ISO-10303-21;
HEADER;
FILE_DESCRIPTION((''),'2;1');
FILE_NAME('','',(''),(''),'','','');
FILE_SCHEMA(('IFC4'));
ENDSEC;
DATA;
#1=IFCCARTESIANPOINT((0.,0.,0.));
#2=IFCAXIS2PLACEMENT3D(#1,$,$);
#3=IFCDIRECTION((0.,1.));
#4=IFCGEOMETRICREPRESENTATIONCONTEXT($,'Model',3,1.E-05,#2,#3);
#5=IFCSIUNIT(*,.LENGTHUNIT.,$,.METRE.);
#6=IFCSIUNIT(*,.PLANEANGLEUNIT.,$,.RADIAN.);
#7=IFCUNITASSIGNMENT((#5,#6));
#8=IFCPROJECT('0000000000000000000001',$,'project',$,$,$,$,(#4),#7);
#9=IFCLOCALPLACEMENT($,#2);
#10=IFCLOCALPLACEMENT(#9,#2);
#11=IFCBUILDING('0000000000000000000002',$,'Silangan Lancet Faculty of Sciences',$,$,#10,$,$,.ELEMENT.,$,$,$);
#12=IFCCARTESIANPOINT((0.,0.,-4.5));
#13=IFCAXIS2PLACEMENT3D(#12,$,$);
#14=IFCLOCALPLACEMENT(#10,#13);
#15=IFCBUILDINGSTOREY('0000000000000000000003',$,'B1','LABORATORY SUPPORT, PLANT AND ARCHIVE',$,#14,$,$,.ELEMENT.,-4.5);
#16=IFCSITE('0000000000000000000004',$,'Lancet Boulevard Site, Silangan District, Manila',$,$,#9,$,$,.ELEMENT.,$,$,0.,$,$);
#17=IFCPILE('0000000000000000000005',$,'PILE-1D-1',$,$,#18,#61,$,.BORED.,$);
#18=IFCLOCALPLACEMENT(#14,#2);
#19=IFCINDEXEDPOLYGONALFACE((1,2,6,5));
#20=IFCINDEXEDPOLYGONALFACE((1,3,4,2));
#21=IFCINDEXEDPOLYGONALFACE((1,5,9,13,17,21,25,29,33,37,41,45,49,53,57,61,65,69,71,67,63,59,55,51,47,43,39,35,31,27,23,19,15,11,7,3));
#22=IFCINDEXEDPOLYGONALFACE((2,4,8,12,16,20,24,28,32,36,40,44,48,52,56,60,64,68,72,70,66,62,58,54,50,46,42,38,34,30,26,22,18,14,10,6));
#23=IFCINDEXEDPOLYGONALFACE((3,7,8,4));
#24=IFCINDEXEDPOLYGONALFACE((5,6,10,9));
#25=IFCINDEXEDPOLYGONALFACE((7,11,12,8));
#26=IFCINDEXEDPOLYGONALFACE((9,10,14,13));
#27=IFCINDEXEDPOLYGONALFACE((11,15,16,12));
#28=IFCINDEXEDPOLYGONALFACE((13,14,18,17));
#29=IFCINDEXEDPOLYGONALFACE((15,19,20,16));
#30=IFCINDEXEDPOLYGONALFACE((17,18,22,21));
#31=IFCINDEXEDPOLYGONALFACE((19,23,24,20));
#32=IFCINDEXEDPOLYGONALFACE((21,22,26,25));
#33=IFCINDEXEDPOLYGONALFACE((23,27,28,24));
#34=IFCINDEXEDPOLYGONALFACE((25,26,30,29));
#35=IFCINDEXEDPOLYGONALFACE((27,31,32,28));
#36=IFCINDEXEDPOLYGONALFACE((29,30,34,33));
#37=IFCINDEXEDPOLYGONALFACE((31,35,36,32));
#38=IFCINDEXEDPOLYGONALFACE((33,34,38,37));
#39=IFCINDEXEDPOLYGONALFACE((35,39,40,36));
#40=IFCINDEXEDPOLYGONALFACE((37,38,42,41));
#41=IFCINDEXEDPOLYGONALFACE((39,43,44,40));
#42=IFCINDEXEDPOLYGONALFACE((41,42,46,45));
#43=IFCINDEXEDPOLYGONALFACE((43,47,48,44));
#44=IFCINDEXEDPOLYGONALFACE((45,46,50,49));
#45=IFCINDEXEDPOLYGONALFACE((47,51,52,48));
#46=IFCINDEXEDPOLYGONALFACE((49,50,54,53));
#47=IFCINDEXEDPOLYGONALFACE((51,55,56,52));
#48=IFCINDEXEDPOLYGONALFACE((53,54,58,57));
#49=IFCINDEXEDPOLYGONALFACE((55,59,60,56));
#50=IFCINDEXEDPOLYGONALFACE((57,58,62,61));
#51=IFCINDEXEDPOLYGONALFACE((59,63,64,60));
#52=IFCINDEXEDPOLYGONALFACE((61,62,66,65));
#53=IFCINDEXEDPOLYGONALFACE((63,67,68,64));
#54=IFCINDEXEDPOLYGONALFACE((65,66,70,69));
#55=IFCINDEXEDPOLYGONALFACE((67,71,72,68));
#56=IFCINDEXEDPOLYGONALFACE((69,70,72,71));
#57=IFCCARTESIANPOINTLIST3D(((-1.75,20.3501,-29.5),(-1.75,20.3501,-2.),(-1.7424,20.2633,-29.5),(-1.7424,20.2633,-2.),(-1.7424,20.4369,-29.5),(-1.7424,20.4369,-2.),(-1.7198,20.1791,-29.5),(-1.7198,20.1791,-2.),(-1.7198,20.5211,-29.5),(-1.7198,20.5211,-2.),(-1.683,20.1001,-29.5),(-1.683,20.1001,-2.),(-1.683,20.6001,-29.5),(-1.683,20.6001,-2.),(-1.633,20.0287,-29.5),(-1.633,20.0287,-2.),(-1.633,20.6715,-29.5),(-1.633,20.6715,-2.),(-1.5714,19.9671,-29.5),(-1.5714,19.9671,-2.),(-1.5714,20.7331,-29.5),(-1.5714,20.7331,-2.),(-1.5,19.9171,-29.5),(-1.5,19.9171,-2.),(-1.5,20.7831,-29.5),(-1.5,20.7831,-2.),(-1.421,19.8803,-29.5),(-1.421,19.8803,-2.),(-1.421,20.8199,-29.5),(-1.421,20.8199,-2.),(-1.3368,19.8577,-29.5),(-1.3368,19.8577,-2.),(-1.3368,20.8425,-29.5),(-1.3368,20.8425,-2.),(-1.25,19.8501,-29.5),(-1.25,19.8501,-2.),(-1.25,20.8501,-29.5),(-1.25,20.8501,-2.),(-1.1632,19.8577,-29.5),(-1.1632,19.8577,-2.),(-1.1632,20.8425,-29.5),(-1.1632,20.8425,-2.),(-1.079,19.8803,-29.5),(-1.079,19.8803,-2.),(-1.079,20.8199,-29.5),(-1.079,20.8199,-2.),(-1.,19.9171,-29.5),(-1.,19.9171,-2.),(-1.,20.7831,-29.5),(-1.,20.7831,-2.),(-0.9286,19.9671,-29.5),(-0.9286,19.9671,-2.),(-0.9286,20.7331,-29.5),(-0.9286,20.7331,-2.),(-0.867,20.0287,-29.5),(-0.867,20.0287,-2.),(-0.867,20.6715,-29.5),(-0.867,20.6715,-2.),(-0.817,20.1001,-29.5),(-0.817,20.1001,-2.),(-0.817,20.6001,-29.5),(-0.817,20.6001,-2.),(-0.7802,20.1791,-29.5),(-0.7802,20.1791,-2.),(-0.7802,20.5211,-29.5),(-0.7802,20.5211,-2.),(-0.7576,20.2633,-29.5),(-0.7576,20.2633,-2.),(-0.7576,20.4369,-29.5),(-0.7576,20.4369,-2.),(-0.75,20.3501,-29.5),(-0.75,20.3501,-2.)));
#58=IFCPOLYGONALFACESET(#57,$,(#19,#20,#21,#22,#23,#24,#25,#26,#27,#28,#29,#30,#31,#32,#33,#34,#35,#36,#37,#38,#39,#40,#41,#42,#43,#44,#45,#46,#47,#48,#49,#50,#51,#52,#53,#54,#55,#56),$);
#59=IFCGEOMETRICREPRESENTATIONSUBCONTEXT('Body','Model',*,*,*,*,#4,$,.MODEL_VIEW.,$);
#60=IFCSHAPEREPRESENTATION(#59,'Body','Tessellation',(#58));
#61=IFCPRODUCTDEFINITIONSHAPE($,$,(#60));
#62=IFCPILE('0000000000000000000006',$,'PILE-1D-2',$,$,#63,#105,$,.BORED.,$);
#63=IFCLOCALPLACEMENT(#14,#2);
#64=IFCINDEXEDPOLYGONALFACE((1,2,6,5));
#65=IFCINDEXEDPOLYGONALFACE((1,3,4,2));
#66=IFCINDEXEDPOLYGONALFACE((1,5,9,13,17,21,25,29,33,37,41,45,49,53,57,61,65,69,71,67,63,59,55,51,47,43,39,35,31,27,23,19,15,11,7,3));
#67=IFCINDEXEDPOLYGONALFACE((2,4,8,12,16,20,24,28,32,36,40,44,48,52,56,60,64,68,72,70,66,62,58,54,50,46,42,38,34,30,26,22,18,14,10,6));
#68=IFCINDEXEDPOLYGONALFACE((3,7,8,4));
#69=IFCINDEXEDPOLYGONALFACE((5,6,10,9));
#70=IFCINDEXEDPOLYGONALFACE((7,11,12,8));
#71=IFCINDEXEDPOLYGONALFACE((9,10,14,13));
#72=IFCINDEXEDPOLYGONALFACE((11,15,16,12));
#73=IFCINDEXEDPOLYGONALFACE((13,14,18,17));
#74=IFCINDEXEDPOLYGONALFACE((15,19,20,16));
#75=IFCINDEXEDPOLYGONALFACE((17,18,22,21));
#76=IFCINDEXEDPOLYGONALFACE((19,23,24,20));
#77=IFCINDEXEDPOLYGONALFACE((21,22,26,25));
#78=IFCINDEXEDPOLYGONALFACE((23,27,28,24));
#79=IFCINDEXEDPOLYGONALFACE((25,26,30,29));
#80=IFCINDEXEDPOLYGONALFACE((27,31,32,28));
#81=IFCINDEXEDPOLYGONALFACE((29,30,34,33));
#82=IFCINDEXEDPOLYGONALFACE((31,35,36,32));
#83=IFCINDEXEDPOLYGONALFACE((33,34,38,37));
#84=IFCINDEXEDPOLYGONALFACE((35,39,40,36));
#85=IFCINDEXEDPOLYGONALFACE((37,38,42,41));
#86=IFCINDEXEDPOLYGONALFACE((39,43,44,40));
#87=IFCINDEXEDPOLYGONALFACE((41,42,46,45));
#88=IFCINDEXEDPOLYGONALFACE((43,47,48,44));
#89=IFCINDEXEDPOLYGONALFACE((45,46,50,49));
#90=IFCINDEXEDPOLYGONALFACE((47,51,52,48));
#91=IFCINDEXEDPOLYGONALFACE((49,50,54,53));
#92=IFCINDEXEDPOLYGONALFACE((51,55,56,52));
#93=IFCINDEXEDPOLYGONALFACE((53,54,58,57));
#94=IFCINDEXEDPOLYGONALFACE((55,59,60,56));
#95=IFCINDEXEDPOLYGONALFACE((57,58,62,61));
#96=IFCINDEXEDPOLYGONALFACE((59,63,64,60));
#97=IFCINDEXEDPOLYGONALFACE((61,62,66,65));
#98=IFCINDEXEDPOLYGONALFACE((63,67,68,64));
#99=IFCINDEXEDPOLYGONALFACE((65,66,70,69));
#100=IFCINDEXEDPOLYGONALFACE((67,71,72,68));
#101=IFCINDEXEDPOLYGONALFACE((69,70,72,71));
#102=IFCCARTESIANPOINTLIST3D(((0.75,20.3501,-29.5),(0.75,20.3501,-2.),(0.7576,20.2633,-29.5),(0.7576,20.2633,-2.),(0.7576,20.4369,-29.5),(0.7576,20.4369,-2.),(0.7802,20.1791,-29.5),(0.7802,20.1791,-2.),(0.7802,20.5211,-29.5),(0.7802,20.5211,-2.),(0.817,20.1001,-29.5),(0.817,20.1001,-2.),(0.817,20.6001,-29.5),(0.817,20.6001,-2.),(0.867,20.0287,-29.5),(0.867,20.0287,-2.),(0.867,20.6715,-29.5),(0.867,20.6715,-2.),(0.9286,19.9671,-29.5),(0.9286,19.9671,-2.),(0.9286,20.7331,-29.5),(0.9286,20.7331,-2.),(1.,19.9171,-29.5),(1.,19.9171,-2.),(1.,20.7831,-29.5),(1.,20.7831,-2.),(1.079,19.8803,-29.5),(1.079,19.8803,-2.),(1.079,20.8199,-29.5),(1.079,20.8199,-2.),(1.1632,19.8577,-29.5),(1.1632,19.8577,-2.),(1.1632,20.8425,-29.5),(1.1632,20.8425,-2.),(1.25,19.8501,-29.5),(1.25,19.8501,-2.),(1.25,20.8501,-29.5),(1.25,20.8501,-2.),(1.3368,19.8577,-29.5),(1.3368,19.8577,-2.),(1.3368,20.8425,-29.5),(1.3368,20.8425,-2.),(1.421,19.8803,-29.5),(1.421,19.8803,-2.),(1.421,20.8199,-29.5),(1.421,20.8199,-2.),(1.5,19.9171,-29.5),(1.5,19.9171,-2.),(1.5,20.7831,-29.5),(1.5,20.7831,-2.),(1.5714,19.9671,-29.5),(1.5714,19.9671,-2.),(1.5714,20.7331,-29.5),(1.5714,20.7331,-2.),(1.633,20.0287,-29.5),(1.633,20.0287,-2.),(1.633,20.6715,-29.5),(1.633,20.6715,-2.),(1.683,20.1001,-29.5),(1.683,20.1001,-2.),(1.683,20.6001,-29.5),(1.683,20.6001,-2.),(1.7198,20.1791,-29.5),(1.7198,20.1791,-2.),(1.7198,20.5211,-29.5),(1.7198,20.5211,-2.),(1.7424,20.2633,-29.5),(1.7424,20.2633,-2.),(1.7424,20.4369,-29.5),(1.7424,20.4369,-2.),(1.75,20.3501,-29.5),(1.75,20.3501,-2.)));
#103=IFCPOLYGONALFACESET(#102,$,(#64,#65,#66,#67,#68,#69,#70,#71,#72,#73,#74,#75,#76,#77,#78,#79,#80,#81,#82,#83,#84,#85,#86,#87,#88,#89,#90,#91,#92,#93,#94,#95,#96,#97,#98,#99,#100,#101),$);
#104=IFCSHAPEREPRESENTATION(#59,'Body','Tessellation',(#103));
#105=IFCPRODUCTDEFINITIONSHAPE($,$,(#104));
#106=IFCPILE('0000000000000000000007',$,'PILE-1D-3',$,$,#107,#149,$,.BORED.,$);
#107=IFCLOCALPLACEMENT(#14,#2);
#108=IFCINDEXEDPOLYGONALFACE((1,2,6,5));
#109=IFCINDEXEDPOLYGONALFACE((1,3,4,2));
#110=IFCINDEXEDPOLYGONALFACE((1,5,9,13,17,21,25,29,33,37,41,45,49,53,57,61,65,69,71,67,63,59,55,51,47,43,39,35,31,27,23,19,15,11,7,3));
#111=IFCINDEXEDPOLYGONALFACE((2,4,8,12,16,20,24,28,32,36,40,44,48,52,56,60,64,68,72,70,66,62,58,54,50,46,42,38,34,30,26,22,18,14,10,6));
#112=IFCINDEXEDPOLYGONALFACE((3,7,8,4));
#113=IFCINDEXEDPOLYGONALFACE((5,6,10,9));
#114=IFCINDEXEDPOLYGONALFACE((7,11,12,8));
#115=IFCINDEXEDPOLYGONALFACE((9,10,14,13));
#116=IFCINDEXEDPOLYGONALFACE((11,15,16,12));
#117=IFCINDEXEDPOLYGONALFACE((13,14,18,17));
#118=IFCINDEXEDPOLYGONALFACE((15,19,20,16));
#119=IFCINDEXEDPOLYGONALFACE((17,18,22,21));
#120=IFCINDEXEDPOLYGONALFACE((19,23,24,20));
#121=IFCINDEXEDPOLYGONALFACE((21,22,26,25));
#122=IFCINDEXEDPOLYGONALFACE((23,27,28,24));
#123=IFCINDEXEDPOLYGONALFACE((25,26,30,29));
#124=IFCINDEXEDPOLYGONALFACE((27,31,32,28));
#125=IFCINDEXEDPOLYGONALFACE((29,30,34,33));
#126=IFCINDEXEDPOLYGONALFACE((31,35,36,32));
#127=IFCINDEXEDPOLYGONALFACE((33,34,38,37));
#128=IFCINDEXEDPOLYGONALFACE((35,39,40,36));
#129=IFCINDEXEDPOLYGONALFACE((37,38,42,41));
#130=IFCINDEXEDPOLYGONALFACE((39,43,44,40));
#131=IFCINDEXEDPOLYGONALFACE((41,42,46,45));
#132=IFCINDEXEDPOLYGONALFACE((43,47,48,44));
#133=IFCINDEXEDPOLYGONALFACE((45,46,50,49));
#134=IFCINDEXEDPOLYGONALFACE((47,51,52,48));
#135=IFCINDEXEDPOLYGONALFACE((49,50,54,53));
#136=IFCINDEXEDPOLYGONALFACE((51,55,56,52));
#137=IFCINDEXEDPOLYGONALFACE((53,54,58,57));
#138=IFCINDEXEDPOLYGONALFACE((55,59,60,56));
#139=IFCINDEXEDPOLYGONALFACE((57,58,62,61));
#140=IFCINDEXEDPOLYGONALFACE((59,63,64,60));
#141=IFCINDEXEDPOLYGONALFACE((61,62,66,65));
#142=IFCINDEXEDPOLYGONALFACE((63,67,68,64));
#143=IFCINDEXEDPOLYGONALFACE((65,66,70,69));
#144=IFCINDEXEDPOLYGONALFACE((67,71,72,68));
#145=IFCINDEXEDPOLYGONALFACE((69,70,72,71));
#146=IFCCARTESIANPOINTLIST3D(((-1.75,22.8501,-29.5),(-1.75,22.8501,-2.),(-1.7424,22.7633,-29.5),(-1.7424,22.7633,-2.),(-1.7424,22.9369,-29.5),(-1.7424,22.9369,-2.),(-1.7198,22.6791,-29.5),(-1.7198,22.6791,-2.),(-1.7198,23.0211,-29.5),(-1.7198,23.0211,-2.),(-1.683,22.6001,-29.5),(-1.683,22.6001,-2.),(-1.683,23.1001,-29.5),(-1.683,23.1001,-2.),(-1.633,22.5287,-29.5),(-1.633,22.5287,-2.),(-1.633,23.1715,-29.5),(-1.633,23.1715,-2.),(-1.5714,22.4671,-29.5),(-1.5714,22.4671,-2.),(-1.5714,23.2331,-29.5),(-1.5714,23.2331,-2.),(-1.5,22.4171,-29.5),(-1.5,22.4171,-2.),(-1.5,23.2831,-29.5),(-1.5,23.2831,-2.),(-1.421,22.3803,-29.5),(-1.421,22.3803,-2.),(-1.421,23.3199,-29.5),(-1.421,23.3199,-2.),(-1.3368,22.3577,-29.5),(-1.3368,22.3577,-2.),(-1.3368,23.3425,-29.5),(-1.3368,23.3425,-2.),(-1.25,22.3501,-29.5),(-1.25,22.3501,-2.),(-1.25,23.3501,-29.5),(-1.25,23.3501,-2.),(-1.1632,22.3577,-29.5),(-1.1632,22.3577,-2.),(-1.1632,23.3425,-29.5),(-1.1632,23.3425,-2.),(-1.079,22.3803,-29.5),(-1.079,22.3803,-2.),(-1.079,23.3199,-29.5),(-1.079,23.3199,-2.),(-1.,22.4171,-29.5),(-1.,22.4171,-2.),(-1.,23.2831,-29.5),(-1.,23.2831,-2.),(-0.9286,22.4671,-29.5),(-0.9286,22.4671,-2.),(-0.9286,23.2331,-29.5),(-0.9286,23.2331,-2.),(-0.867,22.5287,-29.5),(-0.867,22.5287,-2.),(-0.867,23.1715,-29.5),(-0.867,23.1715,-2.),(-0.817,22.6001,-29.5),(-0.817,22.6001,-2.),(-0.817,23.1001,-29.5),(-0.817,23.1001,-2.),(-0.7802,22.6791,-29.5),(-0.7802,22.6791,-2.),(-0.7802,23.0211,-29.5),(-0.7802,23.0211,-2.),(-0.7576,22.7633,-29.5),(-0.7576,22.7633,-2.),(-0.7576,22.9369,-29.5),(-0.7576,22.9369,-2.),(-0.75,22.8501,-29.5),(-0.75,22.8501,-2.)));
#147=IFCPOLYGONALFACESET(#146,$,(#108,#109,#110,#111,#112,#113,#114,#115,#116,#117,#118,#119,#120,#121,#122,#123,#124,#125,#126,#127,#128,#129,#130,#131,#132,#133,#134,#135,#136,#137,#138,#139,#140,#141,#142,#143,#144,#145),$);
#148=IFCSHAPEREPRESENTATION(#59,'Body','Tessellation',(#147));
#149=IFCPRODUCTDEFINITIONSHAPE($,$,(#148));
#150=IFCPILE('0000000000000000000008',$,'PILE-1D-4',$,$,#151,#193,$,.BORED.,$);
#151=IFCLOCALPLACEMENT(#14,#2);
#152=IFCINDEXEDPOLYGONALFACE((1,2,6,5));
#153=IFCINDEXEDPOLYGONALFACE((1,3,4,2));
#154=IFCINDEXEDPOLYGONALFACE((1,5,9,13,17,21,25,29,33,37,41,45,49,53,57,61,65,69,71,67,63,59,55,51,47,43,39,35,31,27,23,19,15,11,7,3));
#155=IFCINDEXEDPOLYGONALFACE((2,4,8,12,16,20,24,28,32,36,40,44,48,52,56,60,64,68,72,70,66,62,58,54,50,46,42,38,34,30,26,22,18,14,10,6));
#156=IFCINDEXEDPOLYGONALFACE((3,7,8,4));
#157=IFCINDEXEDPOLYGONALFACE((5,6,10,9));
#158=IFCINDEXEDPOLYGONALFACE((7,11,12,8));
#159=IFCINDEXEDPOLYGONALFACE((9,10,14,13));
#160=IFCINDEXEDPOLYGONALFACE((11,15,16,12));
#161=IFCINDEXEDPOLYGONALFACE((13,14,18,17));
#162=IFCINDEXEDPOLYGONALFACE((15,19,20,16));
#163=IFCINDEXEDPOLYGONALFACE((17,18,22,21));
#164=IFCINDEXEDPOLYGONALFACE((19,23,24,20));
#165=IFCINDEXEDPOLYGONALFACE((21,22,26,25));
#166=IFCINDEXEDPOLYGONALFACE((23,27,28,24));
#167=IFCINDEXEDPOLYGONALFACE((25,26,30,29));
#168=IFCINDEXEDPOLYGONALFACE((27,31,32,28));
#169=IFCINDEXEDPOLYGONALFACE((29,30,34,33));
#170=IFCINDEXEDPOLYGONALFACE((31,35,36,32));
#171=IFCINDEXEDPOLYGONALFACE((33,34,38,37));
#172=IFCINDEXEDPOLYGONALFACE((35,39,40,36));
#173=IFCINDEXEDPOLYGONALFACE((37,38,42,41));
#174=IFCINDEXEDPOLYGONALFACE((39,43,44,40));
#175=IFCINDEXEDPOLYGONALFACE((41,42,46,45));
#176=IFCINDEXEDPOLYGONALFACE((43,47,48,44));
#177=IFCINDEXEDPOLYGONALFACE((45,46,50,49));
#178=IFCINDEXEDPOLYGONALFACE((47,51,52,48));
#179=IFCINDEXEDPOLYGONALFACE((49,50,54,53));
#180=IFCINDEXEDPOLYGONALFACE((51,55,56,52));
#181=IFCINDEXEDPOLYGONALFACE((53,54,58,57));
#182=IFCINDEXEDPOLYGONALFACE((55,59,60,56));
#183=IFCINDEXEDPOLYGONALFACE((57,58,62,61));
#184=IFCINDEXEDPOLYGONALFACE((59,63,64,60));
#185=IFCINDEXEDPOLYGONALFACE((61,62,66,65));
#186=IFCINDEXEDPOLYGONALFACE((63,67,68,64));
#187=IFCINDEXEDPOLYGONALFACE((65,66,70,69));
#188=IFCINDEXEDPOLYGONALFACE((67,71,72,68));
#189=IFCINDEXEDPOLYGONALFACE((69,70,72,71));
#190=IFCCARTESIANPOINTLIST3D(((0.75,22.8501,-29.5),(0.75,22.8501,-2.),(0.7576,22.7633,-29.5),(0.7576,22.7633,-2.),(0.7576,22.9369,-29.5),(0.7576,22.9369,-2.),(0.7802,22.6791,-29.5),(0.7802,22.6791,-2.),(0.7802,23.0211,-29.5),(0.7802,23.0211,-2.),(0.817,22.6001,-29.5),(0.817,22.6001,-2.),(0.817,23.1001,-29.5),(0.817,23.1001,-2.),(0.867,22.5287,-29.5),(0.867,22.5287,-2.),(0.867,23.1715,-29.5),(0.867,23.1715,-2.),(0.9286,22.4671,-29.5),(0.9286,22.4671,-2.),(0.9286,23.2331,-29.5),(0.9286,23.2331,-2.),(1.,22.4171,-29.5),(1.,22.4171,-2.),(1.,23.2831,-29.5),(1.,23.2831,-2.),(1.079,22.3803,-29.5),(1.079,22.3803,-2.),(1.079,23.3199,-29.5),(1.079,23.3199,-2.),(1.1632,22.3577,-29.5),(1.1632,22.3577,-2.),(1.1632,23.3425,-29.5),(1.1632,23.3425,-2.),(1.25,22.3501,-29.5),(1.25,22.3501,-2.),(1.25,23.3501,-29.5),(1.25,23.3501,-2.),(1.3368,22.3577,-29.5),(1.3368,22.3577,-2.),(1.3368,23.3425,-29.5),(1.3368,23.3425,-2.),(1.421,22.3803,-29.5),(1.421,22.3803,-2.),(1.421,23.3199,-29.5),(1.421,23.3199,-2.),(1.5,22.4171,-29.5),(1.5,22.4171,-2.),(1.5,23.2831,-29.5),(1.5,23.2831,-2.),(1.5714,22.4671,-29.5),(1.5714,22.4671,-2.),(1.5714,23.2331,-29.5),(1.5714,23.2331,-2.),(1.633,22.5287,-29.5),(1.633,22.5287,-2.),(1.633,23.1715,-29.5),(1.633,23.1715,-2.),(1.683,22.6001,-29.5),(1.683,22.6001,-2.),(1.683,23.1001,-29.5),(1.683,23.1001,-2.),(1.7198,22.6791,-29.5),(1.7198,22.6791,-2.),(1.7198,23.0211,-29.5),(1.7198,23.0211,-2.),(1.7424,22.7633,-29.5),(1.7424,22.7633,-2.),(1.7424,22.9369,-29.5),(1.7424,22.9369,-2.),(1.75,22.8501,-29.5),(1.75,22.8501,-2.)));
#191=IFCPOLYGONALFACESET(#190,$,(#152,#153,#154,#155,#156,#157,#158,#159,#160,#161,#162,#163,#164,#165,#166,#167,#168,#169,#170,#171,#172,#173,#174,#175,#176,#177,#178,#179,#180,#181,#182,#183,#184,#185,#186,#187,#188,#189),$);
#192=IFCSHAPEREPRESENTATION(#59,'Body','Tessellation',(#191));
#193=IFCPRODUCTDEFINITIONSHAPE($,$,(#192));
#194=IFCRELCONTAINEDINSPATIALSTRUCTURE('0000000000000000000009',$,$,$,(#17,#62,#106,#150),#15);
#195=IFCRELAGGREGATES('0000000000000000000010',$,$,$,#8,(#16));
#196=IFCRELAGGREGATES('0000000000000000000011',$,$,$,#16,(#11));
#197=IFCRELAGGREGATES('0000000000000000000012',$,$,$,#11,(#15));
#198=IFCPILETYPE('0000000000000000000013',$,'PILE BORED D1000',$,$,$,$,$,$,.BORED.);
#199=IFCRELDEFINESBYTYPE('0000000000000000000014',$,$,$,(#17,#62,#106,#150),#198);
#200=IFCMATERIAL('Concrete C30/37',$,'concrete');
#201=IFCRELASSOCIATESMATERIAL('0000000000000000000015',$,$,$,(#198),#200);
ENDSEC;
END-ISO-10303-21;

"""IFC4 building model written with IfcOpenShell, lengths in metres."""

from ifc_helpers import new_model, si_unit, direction, frame, origin, origin_2d, place, context, subcontext, project, spatial, circle, extrude, material, material_profile, profile_set, type_object, element, save


model = new_model("IFC4")

# Units and contexts
model_context = context("Model", 3, precision=1e-05, world=origin(), true_north=direction((0.0, 1.0)))
body_context = subcontext(model_context, "Body", "Model", "MODEL_VIEW")
ifc_project = project(units=[si_unit("LENGTHUNIT", "METRE"), si_unit("PLANEANGLEUNIT", "RADIAN")], contexts=[model_context])

# Site, building, storey
site_placement = place(None, origin())
site = spatial("IfcSite", under=ifc_project, at=site_placement, Name="Lancet Boulevard Site, Silangan District, Manila", CompositionType="ELEMENT", RefElevation=0.0)
building_placement = place(site_placement, origin())
building = spatial("IfcBuilding", under=site, at=building_placement, Name="Silangan Lancet Faculty of Sciences", CompositionType="ELEMENT")
storey_placement = place(building_placement, frame((0.0, 0.0, -4.5)))
storey = spatial("IfcBuildingStorey", under=building, at=storey_placement, Name="B1", Description="LABORATORY SUPPORT, PLANT AND ARCHIVE", CompositionType="ELEMENT", Elevation=-4.5)

# Piles
ifc_material_1 = material(Name="Concrete C30/37", Category="concrete")
ifc_material_profile_1 = material_profile(ifc_material_1, circle(Radius=0.5, at=origin_2d()), Name="BORED PILE D1000")
ifc_profile_set_1 = profile_set([ifc_material_profile_1], Name="Concrete C30/37")
pile_type = type_object("IfcPileType", Name="PILE BORED D1000", PredefinedType="BORED", material=ifc_profile_set_1)
for number, where, z_axis, x_axis, name in (
    (1, (-1.25, 20.3501, -2.0), (0.0, 0.0, -1.0), (1.0, 0.0, 0.0), "PILE-1D-1"),
    (2, (1.25, 20.3501, -2.0), (0.0, 0.0, -1.0), (1.0, 0.0, 0.0), "PILE-1D-2"),
    (3, (-1.25, 22.8501, -2.0), (0.0, 0.0, -1.0), (1.0, 0.0, 0.0), "PILE-1D-3"),
    (4, (1.25, 22.8501, -2.0), (0.0, 0.0, -1.0), (1.0, 0.0, 0.0), "PILE-1D-4"),
):
    element("IfcPile", number, at=place(storey_placement, frame(where, z_axis=z_axis, x_axis=x_axis)), inside=storey, type_object=pile_type, Name=name, PredefinedType="BORED", context=body_context, shape_type="SweptSolid", body=[
        extrude(circle(Radius=0.5, at=origin_2d()), origin(), (0.0, 0.0, 1.0), 27.5),
    ])

save(model, "model.ifc")
